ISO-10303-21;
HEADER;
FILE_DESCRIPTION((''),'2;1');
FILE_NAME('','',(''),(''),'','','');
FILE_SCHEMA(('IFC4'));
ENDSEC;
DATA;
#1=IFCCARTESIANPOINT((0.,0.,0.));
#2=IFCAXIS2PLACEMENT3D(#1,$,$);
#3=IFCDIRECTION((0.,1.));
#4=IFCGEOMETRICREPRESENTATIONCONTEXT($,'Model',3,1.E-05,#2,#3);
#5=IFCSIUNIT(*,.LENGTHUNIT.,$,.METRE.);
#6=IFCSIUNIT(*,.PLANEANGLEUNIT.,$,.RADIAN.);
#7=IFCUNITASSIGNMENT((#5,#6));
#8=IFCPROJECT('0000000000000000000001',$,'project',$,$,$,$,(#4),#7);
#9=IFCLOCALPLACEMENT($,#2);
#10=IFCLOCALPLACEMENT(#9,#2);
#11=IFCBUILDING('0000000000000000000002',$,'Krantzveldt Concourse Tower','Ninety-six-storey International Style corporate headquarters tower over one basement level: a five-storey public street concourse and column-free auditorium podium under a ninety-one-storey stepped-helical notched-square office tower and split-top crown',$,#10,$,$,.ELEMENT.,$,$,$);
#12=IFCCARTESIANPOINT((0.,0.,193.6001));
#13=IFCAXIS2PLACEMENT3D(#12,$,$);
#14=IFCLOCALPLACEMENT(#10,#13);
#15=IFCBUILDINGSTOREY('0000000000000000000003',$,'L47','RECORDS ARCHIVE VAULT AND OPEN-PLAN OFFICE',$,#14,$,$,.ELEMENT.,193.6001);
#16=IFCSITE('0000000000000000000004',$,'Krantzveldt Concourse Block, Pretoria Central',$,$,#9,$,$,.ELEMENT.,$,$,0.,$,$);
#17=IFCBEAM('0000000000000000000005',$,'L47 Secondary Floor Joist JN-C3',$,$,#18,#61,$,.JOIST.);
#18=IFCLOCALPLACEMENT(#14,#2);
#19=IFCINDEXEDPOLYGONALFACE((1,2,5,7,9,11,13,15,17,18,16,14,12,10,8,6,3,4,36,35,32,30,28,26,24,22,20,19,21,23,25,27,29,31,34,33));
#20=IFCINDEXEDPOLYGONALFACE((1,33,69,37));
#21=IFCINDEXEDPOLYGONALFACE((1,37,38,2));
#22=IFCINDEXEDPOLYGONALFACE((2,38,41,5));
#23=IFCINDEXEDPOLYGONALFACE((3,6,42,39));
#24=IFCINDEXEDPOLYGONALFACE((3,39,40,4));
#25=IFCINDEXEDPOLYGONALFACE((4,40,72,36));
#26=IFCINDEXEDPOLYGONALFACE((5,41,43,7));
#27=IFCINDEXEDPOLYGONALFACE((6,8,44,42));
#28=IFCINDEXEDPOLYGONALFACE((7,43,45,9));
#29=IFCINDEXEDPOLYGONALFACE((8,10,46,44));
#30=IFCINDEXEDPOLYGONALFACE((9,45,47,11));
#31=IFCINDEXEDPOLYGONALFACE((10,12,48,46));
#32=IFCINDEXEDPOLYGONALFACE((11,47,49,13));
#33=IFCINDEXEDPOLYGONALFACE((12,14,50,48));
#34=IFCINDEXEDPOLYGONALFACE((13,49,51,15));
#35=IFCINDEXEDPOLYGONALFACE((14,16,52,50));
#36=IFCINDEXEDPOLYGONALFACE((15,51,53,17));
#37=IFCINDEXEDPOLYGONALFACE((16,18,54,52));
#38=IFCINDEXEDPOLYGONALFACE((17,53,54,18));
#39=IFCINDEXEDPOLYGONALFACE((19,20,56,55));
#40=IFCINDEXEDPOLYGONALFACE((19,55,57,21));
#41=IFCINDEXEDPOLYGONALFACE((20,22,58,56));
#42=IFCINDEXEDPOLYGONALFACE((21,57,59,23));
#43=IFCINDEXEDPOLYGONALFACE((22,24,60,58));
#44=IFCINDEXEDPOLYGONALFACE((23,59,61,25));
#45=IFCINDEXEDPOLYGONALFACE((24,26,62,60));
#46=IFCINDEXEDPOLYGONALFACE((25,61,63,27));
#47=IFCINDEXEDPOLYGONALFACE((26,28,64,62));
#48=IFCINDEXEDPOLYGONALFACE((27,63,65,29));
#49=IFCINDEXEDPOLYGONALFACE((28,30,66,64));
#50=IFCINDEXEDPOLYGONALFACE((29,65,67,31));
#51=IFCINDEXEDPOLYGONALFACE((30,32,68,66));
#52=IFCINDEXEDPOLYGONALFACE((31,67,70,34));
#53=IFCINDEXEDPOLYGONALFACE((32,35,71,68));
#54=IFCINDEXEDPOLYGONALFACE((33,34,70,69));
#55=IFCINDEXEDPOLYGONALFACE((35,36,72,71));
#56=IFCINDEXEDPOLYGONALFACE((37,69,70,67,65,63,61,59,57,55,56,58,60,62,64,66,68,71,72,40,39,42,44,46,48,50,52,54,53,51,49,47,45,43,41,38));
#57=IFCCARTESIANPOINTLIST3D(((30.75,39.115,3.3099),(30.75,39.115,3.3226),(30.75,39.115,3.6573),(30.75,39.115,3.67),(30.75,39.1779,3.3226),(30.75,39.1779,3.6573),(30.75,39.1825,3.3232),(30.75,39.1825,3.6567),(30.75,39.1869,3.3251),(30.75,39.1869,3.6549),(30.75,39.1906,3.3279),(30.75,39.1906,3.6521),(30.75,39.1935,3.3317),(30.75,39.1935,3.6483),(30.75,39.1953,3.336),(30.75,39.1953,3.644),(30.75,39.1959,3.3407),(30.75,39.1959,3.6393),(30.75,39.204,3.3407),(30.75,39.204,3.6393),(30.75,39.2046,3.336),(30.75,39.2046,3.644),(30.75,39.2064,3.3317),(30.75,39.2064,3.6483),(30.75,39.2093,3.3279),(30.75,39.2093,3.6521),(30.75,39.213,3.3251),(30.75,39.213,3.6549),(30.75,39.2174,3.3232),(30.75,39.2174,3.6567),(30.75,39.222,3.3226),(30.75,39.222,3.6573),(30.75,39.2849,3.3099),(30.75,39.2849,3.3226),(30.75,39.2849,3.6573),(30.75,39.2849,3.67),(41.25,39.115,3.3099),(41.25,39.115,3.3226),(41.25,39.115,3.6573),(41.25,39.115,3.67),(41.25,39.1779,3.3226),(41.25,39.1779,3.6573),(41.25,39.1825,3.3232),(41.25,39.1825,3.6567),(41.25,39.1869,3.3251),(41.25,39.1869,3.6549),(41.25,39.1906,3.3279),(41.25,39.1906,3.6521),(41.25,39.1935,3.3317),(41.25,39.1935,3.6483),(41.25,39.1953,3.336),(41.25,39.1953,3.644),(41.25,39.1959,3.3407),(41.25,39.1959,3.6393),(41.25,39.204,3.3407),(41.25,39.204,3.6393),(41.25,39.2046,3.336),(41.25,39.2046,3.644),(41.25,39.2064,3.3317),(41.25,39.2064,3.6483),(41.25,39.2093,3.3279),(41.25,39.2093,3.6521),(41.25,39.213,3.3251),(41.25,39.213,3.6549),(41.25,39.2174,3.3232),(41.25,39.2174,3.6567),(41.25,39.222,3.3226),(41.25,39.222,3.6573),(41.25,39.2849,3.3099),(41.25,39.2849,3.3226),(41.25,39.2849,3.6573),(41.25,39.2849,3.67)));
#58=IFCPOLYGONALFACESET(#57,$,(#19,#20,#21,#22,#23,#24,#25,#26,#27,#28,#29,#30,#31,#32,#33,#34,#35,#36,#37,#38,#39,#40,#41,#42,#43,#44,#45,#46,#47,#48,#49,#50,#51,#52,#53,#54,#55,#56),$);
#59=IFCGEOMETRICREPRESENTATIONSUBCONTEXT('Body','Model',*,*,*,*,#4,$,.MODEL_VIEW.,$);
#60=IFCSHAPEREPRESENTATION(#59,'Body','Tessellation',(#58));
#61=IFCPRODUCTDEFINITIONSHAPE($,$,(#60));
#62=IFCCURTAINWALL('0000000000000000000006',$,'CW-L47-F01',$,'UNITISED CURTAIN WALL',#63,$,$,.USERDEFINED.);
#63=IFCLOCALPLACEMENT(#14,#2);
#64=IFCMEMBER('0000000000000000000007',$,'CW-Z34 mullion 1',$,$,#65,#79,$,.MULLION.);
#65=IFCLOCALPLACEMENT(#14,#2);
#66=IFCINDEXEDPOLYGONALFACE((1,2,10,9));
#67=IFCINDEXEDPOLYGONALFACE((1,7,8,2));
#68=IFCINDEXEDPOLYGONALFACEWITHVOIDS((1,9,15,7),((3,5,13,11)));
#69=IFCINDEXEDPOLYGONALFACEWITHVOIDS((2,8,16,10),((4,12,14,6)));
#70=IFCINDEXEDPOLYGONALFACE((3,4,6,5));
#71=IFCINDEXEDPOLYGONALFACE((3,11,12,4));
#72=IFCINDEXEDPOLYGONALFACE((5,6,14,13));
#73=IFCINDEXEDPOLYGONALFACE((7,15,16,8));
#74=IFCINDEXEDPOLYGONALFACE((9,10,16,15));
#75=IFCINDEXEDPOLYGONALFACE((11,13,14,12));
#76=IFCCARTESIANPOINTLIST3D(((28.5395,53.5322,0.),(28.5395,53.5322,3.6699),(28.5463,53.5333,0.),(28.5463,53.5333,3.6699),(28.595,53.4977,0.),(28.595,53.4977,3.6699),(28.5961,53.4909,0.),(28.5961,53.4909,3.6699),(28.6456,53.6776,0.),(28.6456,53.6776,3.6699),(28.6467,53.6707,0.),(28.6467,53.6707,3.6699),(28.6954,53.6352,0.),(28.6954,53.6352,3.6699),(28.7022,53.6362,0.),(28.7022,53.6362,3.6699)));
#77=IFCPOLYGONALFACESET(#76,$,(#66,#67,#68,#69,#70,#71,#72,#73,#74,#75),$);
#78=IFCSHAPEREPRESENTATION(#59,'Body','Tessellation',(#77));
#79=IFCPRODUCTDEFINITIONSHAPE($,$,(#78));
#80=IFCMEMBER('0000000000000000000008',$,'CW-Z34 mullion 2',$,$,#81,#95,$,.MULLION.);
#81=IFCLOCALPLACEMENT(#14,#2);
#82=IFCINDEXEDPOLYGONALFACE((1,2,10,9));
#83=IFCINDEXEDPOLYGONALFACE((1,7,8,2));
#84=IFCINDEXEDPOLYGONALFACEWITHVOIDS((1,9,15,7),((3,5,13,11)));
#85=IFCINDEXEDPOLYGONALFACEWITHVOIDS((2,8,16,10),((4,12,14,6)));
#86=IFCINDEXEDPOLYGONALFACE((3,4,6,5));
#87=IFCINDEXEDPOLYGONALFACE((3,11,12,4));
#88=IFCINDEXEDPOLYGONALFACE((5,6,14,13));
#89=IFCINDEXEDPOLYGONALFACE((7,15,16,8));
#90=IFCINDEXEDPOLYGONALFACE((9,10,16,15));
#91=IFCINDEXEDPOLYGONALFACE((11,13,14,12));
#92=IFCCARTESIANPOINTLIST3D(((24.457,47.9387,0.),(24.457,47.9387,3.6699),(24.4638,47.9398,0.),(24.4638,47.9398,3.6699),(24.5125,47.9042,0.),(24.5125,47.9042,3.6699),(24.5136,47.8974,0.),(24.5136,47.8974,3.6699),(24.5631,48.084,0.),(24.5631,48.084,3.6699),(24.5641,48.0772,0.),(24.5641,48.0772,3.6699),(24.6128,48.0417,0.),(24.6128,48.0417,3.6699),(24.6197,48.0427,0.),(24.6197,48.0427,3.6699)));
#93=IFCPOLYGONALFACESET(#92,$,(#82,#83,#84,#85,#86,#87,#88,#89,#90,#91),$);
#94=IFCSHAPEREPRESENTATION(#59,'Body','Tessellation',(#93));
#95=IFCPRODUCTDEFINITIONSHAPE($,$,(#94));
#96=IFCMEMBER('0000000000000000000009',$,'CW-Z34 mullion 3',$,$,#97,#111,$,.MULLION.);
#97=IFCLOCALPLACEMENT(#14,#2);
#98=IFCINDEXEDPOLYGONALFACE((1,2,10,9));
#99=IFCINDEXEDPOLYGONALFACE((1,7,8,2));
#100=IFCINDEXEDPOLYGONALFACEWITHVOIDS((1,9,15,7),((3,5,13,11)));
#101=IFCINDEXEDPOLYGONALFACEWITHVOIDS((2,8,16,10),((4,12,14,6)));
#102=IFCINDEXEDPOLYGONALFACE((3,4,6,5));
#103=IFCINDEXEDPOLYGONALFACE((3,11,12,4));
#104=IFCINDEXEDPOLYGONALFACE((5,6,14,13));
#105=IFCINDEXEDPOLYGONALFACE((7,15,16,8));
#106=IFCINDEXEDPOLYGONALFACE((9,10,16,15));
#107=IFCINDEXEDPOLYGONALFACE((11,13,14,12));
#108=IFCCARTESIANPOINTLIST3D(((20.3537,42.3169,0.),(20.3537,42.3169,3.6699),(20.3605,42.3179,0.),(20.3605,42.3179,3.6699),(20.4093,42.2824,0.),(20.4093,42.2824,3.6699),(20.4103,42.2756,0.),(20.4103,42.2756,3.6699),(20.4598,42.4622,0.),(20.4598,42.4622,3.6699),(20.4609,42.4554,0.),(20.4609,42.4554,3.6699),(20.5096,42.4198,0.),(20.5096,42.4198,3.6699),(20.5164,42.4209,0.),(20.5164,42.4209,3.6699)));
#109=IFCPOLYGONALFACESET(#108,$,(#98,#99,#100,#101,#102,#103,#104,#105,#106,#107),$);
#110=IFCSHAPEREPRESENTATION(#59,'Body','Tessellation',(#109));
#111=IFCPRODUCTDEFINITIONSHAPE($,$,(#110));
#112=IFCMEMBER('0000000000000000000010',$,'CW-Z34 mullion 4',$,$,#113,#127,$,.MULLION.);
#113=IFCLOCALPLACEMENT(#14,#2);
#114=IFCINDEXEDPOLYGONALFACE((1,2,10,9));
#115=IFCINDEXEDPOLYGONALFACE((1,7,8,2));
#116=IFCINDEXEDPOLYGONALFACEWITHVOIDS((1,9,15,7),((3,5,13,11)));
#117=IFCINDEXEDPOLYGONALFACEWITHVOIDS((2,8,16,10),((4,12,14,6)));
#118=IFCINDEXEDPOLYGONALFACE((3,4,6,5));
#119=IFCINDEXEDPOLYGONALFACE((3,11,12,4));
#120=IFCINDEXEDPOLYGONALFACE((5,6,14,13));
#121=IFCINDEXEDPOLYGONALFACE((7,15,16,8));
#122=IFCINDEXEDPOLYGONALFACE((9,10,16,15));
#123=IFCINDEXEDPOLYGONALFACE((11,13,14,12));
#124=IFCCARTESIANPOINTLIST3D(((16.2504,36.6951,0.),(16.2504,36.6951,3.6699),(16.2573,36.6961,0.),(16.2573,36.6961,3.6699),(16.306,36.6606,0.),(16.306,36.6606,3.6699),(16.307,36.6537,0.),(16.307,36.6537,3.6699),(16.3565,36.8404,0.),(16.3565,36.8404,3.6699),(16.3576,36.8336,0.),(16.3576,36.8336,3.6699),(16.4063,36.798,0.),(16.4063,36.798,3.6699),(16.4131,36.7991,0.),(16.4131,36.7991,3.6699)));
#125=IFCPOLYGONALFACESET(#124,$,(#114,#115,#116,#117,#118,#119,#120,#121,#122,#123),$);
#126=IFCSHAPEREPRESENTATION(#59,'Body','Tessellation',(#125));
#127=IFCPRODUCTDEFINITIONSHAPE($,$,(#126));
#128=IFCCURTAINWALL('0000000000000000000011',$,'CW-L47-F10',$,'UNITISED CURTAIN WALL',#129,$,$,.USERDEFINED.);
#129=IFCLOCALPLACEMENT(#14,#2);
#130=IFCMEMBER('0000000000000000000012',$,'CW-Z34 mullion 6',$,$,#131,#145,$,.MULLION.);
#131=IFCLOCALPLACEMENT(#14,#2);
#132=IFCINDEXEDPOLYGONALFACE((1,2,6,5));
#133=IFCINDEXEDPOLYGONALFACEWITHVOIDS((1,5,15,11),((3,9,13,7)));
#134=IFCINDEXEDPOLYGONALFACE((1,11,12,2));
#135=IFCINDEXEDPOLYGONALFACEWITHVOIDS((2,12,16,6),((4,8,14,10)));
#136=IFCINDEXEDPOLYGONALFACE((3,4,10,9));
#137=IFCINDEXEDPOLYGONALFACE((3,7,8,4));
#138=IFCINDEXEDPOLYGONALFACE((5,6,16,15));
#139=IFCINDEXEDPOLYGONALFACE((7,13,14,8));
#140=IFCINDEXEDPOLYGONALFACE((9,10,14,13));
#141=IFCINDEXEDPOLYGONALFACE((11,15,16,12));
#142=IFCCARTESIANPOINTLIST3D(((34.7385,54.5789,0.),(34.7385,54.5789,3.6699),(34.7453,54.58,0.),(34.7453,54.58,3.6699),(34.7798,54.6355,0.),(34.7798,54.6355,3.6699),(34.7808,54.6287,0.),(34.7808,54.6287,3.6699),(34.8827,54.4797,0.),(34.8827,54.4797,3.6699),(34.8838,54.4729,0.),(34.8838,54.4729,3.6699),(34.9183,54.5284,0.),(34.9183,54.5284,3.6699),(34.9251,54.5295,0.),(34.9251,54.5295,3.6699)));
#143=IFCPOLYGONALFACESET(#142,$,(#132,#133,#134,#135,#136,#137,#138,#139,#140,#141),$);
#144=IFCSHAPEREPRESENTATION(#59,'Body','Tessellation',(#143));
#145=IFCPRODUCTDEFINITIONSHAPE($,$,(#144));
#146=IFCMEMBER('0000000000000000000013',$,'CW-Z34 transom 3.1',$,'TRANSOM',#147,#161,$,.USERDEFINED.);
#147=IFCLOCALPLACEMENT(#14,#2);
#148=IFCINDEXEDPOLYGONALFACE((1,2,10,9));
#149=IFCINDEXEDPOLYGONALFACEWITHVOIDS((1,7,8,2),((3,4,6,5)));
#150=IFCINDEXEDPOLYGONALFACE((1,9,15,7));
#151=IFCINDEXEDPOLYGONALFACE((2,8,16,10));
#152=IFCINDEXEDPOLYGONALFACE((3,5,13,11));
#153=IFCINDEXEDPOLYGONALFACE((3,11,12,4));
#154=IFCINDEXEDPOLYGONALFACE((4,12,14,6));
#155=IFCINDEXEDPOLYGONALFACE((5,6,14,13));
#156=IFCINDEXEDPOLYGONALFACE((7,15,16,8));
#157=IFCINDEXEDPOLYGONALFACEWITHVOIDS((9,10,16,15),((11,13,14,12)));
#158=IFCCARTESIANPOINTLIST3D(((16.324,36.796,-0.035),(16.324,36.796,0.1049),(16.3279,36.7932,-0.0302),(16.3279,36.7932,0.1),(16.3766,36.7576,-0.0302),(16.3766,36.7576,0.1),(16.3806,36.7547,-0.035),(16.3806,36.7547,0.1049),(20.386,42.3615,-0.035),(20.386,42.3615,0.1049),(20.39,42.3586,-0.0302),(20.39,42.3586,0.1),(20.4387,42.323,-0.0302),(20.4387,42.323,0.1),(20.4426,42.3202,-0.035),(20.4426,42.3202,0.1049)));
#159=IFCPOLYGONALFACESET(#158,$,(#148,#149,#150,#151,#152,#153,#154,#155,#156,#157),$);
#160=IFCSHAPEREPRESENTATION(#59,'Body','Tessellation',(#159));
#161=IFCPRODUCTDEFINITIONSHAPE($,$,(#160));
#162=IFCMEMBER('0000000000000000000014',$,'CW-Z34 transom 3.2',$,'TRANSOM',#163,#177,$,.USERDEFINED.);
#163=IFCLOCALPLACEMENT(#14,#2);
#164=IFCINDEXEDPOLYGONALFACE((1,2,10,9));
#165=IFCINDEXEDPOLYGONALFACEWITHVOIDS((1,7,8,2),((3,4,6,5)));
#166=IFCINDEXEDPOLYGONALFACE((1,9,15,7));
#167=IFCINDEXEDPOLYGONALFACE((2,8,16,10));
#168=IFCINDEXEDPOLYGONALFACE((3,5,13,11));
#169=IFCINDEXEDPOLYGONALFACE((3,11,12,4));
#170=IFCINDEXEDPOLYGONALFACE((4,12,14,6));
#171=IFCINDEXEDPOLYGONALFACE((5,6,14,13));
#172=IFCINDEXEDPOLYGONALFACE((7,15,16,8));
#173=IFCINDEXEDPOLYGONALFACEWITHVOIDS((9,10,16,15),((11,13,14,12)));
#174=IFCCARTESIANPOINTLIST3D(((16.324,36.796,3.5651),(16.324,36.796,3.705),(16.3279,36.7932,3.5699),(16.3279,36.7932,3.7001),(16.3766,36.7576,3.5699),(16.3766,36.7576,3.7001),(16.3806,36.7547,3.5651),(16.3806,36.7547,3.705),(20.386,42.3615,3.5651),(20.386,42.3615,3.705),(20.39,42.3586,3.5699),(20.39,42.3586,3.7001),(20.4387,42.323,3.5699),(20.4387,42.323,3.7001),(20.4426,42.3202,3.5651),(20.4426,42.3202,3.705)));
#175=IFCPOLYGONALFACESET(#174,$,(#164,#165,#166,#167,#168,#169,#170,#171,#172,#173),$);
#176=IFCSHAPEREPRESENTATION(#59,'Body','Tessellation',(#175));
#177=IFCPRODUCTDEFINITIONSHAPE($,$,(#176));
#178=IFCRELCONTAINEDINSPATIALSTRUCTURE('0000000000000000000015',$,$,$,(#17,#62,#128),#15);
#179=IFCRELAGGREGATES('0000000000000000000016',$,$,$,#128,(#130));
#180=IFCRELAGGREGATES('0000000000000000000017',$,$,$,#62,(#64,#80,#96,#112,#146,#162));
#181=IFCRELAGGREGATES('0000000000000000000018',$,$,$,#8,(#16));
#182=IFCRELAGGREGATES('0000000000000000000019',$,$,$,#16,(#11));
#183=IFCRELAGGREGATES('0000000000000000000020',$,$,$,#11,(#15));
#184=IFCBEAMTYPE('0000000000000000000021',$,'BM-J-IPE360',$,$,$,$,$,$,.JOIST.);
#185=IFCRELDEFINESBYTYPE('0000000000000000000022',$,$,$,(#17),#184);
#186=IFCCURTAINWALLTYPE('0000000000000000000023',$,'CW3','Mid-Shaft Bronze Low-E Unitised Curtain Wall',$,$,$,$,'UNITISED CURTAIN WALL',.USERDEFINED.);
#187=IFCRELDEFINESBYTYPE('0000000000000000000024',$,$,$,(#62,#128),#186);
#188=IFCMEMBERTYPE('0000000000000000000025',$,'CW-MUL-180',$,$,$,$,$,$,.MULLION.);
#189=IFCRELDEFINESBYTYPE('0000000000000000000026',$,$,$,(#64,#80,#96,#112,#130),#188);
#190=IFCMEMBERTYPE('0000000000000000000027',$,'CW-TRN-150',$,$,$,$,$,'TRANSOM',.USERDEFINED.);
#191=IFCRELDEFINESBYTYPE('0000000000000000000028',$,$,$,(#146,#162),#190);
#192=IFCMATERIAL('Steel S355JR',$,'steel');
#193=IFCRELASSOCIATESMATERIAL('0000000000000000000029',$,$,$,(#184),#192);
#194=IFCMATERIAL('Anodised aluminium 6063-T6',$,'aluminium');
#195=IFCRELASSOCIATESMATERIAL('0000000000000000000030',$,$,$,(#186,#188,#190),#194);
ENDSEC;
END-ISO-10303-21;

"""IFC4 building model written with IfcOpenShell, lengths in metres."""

from ifc_helpers import new_model, si_unit, direction, frame, origin, origin_2d, place, context, subcontext, project, spatial, hollow_rectangle, i_section, extrude, source, transform, mapped, material, material_profile, profile_set, type_object, type_shapes, element, aggregate, save


model = new_model("IFC4")

# Units and contexts
model_context = context("Model", 3, precision=1e-05, world=origin(), true_north=direction((0.0, 1.0)))
body_context = subcontext(model_context, "Body", "Model", "MODEL_VIEW")
ifc_project = project(units=[si_unit("LENGTHUNIT", "METRE"), si_unit("PLANEANGLEUNIT", "RADIAN")], contexts=[model_context])

# Site, building, storey
site_placement = place(None, origin())
site = spatial("IfcSite", under=ifc_project, at=site_placement, Name="Krantzveldt Concourse Block, Pretoria Central", CompositionType="ELEMENT", RefElevation=0.0)
building_placement = place(site_placement, origin())
building = spatial("IfcBuilding", under=site, at=building_placement, Name="Krantzveldt Concourse Tower", Description="Ninety-six-storey International Style corporate headquarters tower over one basement level: a five-storey public street concourse and column-free auditorium podium under a ninety-one-storey stepped-helical notched-square office tower and split-top crown", CompositionType="ELEMENT")
storey_placement = place(building_placement, frame((0.0, 0.0, 193.6001)))
storey = spatial("IfcBuildingStorey", under=building, at=storey_placement, Name="L47", Description="RECORDS ARCHIVE VAULT AND OPEN-PLAN OFFICE", CompositionType="ELEMENT", Elevation=193.6001)

# Beam
ifc_material_1 = material(Name="Steel S355JR", Category="steel")
ifc_material_profile_1 = material_profile(ifc_material_1, i_section(OverallWidth=0.1699, OverallDepth=0.3601, WebThickness=0.0081, FlangeThickness=0.0127, FilletRadius=0.0181, at=origin_2d()), Name="Steel S355JR", Category="steel")
ifc_profile_set_1 = profile_set([ifc_material_profile_1], Name="Steel S355JR - IPE 360")
beam_type_1 = type_object("IfcBeamType", Name="BM-J-IPE360", PredefinedType="JOIST", material=ifc_profile_set_1)
shared_shape_1 = source(origin(), body_context, "Body", "SweptSolid", [
    extrude(i_section(OverallWidth=0.1699, OverallDepth=0.3601, WebThickness=0.0081, FlangeThickness=0.0127, FilletRadius=0.0181, at=origin_2d()), origin(), (0.0, 0.0, 1.0), 10.5),
])
type_shapes(beam_type_1, [shared_shape_1])
beam_1_placement = place(storey_placement, frame((30.75, 39.2, 3.49), z_axis=(1.0, 0.0, 0.0), x_axis=(0.0, 1.0, 0.0)))
element("IfcBeam", 1, at=beam_1_placement, inside=storey, type_object=beam_type_1, Name="L47 Secondary Floor Joist JN-C3", PredefinedType="JOIST", context=body_context, shape_type="MappedRepresentation", body=[
    mapped(shared_shape_1, transform((0.0, 0.0, 0.0), x_axis=(1.0, 0.0, 0.0), y_axis=(0.0, 1.0, 0.0), z_axis=(0.0, 0.0, 1.0), scale=1.0)),
])

# Curtain wall, members
ifc_material_2 = material(Name="Anodised aluminium 6063-T6", Category="aluminium")
curtain_wall_type = type_object("IfcCurtainWallType", Name="CW3", Description="Mid-Shaft Bronze Low-E Unitised Curtain Wall", ElementType="UNITISED CURTAIN WALL", PredefinedType="USERDEFINED", material=ifc_material_2)
curtain_wall_1_placement = place(storey_placement, origin())
curtain_wall_1 = element("IfcCurtainWall", 2, at=curtain_wall_1_placement, inside=storey, type_object=curtain_wall_type, Name="CW-L47-F01", ObjectType="UNITISED CURTAIN WALL", PredefinedType="USERDEFINED")
ifc_material_profile_2 = material_profile(ifc_material_2, hollow_rectangle(XDim=0.0701, YDim=0.1799, WallThickness=0.0049, at=origin_2d()), Name="Anodised aluminium 6063-T6", Category="aluminium")
ifc_profile_set_2 = profile_set([ifc_material_profile_2], Name="Anodised aluminium 6063-T6 - ALU-MULL 180x70x5")
member_type_1 = type_object("IfcMemberType", Name="CW-MUL-180", PredefinedType="MULLION", material=ifc_profile_set_2)
shared_shape_2 = source(origin(), body_context, "Body", "SweptSolid", [
    extrude(hollow_rectangle(XDim=0.0701, YDim=0.1799, WallThickness=0.0049, at=origin_2d()), origin(), (0.0, 0.0, 1.0), 3.6699),
])
type_shapes(member_type_1, [shared_shape_2])
member_1_placement = place(storey_placement, frame((28.6208, 53.5842, 0.0), z_axis=(0.0, 0.0, 1.0), x_axis=(0.807733, -0.589549, 0.0)))
member_1 = element("IfcMember", 3, at=member_1_placement, type_object=member_type_1, Name="CW-Z34 mullion 1", PredefinedType="MULLION", context=body_context, shape_type="MappedRepresentation", body=[
    mapped(shared_shape_2, transform((0.0, 0.0, 0.0), x_axis=(1.0, 0.0, 0.0), y_axis=(0.0, 1.0, 0.0), z_axis=(0.0, 0.0, 1.0), scale=1.0)),
])
member_2_placement = place(storey_placement, frame((24.5383, 47.9907, 0.0), z_axis=(0.0, 0.0, 1.0), x_axis=(0.807733, -0.589549, 0.0)))
member_2 = element("IfcMember", 4, at=member_2_placement, type_object=member_type_1, Name="CW-Z34 mullion 2", PredefinedType="MULLION", context=body_context, shape_type="MappedRepresentation", body=[
    mapped(shared_shape_2, transform((0.0, 0.0, 0.0), x_axis=(1.0, 0.0, 0.0), y_axis=(0.0, 1.0, 0.0), z_axis=(0.0, 0.0, 1.0), scale=1.0)),
])
member_3_placement = place(storey_placement, frame((20.4351, 42.3689, 0.0), z_axis=(0.0, 0.0, 1.0), x_axis=(0.807733, -0.589549, 0.0)))
member_3 = element("IfcMember", 5, at=member_3_placement, type_object=member_type_1, Name="CW-Z34 mullion 3", PredefinedType="MULLION", context=body_context, shape_type="MappedRepresentation", body=[
    mapped(shared_shape_2, transform((0.0, 0.0, 0.0), x_axis=(1.0, 0.0, 0.0), y_axis=(0.0, 1.0, 0.0), z_axis=(0.0, 0.0, 1.0), scale=1.0)),
])
member_4_placement = place(storey_placement, frame((16.3318, 36.7471, 0.0), z_axis=(0.0, 0.0, 1.0), x_axis=(0.807733, -0.589549, 0.0)))
member_4 = element("IfcMember", 6, at=member_4_placement, type_object=member_type_1, Name="CW-Z34 mullion 4", PredefinedType="MULLION", context=body_context, shape_type="MappedRepresentation", body=[
    mapped(shared_shape_2, transform((0.0, 0.0, 0.0), x_axis=(1.0, 0.0, 0.0), y_axis=(0.0, 1.0, 0.0), z_axis=(0.0, 0.0, 1.0), scale=1.0)),
])

# Curtain wall, member
curtain_wall_2_placement = place(storey_placement, origin())
curtain_wall_2 = element("IfcCurtainWall", 7, at=curtain_wall_2_placement, inside=storey, type_object=curtain_wall_type, Name="CW-L47-F10", ObjectType="UNITISED CURTAIN WALL", PredefinedType="USERDEFINED")
member_5_placement = place(storey_placement, frame((34.8318, 54.5542, 0.0), z_axis=(0.0, 0.0, 1.0), x_axis=(-0.589549, -0.807733, 0.0)))
member_5 = element("IfcMember", 8, at=member_5_placement, type_object=member_type_1, Name="CW-Z34 mullion 6", PredefinedType="MULLION", context=body_context, shape_type="MappedRepresentation", body=[
    mapped(shared_shape_2, transform((0.0, 0.0, 0.0), x_axis=(1.0, 0.0, 0.0), y_axis=(0.0, 1.0, 0.0), z_axis=(0.0, 0.0, 1.0), scale=1.0)),
])
aggregate(curtain_wall_2, [member_5])

# Members
ifc_material_profile_3 = material_profile(ifc_material_2, hollow_rectangle(XDim=0.0701, YDim=0.1399, WallThickness=0.0049, at=origin_2d()), Name="Anodised aluminium 6063-T6", Category="aluminium")
ifc_profile_set_3 = profile_set([ifc_material_profile_3], Name="Anodised aluminium 6063-T6 - ALU-TRAN 140x70x5")
member_type_2 = type_object("IfcMemberType", Name="CW-TRN-150", ElementType="TRANSOM", PredefinedType="USERDEFINED", material=ifc_profile_set_3)
shared_shape_3 = source(origin(), body_context, "Body", "SweptSolid", [
    extrude(hollow_rectangle(XDim=0.0701, YDim=0.1399, WallThickness=0.0049, at=origin_2d()), origin(), (0.0, 0.0, 1.0), 6.8901),
])
member_6_placement = place(storey_placement, frame((20.4143, 42.3408, 0.0349), z_axis=(-0.58954, -0.807739, 0.0), x_axis=(0.807739, -0.58954, 0.0)))
member_6 = element("IfcMember", 9, at=member_6_placement, type_object=member_type_2, Name="CW-Z34 transom 3.1", ObjectType="TRANSOM", PredefinedType="USERDEFINED", context=body_context, shape_type="MappedRepresentation", body=[
    mapped(shared_shape_3, transform((0.0, 0.0, 0.0), x_axis=(1.0, 0.0, 0.0), y_axis=(0.0, 1.0, 0.0), z_axis=(0.0, 0.0, 1.0), scale=1.0)),
])
member_7_placement = place(storey_placement, frame((20.4143, 42.3408, 3.635), z_axis=(-0.58954, -0.807739, 0.0), x_axis=(0.807739, -0.58954, 0.0)))
member_7 = element("IfcMember", 10, at=member_7_placement, type_object=member_type_2, Name="CW-Z34 transom 3.2", ObjectType="TRANSOM", PredefinedType="USERDEFINED", context=body_context, shape_type="MappedRepresentation", body=[
    mapped(shared_shape_3, transform((0.0, 0.0, 0.0), x_axis=(1.0, 0.0, 0.0), y_axis=(0.0, 1.0, 0.0), z_axis=(0.0, 0.0, 1.0), scale=1.0)),
])

aggregate(curtain_wall_1, [member_1, member_2, member_3, member_4, member_6, member_7])

save(model, "model.ifc")
